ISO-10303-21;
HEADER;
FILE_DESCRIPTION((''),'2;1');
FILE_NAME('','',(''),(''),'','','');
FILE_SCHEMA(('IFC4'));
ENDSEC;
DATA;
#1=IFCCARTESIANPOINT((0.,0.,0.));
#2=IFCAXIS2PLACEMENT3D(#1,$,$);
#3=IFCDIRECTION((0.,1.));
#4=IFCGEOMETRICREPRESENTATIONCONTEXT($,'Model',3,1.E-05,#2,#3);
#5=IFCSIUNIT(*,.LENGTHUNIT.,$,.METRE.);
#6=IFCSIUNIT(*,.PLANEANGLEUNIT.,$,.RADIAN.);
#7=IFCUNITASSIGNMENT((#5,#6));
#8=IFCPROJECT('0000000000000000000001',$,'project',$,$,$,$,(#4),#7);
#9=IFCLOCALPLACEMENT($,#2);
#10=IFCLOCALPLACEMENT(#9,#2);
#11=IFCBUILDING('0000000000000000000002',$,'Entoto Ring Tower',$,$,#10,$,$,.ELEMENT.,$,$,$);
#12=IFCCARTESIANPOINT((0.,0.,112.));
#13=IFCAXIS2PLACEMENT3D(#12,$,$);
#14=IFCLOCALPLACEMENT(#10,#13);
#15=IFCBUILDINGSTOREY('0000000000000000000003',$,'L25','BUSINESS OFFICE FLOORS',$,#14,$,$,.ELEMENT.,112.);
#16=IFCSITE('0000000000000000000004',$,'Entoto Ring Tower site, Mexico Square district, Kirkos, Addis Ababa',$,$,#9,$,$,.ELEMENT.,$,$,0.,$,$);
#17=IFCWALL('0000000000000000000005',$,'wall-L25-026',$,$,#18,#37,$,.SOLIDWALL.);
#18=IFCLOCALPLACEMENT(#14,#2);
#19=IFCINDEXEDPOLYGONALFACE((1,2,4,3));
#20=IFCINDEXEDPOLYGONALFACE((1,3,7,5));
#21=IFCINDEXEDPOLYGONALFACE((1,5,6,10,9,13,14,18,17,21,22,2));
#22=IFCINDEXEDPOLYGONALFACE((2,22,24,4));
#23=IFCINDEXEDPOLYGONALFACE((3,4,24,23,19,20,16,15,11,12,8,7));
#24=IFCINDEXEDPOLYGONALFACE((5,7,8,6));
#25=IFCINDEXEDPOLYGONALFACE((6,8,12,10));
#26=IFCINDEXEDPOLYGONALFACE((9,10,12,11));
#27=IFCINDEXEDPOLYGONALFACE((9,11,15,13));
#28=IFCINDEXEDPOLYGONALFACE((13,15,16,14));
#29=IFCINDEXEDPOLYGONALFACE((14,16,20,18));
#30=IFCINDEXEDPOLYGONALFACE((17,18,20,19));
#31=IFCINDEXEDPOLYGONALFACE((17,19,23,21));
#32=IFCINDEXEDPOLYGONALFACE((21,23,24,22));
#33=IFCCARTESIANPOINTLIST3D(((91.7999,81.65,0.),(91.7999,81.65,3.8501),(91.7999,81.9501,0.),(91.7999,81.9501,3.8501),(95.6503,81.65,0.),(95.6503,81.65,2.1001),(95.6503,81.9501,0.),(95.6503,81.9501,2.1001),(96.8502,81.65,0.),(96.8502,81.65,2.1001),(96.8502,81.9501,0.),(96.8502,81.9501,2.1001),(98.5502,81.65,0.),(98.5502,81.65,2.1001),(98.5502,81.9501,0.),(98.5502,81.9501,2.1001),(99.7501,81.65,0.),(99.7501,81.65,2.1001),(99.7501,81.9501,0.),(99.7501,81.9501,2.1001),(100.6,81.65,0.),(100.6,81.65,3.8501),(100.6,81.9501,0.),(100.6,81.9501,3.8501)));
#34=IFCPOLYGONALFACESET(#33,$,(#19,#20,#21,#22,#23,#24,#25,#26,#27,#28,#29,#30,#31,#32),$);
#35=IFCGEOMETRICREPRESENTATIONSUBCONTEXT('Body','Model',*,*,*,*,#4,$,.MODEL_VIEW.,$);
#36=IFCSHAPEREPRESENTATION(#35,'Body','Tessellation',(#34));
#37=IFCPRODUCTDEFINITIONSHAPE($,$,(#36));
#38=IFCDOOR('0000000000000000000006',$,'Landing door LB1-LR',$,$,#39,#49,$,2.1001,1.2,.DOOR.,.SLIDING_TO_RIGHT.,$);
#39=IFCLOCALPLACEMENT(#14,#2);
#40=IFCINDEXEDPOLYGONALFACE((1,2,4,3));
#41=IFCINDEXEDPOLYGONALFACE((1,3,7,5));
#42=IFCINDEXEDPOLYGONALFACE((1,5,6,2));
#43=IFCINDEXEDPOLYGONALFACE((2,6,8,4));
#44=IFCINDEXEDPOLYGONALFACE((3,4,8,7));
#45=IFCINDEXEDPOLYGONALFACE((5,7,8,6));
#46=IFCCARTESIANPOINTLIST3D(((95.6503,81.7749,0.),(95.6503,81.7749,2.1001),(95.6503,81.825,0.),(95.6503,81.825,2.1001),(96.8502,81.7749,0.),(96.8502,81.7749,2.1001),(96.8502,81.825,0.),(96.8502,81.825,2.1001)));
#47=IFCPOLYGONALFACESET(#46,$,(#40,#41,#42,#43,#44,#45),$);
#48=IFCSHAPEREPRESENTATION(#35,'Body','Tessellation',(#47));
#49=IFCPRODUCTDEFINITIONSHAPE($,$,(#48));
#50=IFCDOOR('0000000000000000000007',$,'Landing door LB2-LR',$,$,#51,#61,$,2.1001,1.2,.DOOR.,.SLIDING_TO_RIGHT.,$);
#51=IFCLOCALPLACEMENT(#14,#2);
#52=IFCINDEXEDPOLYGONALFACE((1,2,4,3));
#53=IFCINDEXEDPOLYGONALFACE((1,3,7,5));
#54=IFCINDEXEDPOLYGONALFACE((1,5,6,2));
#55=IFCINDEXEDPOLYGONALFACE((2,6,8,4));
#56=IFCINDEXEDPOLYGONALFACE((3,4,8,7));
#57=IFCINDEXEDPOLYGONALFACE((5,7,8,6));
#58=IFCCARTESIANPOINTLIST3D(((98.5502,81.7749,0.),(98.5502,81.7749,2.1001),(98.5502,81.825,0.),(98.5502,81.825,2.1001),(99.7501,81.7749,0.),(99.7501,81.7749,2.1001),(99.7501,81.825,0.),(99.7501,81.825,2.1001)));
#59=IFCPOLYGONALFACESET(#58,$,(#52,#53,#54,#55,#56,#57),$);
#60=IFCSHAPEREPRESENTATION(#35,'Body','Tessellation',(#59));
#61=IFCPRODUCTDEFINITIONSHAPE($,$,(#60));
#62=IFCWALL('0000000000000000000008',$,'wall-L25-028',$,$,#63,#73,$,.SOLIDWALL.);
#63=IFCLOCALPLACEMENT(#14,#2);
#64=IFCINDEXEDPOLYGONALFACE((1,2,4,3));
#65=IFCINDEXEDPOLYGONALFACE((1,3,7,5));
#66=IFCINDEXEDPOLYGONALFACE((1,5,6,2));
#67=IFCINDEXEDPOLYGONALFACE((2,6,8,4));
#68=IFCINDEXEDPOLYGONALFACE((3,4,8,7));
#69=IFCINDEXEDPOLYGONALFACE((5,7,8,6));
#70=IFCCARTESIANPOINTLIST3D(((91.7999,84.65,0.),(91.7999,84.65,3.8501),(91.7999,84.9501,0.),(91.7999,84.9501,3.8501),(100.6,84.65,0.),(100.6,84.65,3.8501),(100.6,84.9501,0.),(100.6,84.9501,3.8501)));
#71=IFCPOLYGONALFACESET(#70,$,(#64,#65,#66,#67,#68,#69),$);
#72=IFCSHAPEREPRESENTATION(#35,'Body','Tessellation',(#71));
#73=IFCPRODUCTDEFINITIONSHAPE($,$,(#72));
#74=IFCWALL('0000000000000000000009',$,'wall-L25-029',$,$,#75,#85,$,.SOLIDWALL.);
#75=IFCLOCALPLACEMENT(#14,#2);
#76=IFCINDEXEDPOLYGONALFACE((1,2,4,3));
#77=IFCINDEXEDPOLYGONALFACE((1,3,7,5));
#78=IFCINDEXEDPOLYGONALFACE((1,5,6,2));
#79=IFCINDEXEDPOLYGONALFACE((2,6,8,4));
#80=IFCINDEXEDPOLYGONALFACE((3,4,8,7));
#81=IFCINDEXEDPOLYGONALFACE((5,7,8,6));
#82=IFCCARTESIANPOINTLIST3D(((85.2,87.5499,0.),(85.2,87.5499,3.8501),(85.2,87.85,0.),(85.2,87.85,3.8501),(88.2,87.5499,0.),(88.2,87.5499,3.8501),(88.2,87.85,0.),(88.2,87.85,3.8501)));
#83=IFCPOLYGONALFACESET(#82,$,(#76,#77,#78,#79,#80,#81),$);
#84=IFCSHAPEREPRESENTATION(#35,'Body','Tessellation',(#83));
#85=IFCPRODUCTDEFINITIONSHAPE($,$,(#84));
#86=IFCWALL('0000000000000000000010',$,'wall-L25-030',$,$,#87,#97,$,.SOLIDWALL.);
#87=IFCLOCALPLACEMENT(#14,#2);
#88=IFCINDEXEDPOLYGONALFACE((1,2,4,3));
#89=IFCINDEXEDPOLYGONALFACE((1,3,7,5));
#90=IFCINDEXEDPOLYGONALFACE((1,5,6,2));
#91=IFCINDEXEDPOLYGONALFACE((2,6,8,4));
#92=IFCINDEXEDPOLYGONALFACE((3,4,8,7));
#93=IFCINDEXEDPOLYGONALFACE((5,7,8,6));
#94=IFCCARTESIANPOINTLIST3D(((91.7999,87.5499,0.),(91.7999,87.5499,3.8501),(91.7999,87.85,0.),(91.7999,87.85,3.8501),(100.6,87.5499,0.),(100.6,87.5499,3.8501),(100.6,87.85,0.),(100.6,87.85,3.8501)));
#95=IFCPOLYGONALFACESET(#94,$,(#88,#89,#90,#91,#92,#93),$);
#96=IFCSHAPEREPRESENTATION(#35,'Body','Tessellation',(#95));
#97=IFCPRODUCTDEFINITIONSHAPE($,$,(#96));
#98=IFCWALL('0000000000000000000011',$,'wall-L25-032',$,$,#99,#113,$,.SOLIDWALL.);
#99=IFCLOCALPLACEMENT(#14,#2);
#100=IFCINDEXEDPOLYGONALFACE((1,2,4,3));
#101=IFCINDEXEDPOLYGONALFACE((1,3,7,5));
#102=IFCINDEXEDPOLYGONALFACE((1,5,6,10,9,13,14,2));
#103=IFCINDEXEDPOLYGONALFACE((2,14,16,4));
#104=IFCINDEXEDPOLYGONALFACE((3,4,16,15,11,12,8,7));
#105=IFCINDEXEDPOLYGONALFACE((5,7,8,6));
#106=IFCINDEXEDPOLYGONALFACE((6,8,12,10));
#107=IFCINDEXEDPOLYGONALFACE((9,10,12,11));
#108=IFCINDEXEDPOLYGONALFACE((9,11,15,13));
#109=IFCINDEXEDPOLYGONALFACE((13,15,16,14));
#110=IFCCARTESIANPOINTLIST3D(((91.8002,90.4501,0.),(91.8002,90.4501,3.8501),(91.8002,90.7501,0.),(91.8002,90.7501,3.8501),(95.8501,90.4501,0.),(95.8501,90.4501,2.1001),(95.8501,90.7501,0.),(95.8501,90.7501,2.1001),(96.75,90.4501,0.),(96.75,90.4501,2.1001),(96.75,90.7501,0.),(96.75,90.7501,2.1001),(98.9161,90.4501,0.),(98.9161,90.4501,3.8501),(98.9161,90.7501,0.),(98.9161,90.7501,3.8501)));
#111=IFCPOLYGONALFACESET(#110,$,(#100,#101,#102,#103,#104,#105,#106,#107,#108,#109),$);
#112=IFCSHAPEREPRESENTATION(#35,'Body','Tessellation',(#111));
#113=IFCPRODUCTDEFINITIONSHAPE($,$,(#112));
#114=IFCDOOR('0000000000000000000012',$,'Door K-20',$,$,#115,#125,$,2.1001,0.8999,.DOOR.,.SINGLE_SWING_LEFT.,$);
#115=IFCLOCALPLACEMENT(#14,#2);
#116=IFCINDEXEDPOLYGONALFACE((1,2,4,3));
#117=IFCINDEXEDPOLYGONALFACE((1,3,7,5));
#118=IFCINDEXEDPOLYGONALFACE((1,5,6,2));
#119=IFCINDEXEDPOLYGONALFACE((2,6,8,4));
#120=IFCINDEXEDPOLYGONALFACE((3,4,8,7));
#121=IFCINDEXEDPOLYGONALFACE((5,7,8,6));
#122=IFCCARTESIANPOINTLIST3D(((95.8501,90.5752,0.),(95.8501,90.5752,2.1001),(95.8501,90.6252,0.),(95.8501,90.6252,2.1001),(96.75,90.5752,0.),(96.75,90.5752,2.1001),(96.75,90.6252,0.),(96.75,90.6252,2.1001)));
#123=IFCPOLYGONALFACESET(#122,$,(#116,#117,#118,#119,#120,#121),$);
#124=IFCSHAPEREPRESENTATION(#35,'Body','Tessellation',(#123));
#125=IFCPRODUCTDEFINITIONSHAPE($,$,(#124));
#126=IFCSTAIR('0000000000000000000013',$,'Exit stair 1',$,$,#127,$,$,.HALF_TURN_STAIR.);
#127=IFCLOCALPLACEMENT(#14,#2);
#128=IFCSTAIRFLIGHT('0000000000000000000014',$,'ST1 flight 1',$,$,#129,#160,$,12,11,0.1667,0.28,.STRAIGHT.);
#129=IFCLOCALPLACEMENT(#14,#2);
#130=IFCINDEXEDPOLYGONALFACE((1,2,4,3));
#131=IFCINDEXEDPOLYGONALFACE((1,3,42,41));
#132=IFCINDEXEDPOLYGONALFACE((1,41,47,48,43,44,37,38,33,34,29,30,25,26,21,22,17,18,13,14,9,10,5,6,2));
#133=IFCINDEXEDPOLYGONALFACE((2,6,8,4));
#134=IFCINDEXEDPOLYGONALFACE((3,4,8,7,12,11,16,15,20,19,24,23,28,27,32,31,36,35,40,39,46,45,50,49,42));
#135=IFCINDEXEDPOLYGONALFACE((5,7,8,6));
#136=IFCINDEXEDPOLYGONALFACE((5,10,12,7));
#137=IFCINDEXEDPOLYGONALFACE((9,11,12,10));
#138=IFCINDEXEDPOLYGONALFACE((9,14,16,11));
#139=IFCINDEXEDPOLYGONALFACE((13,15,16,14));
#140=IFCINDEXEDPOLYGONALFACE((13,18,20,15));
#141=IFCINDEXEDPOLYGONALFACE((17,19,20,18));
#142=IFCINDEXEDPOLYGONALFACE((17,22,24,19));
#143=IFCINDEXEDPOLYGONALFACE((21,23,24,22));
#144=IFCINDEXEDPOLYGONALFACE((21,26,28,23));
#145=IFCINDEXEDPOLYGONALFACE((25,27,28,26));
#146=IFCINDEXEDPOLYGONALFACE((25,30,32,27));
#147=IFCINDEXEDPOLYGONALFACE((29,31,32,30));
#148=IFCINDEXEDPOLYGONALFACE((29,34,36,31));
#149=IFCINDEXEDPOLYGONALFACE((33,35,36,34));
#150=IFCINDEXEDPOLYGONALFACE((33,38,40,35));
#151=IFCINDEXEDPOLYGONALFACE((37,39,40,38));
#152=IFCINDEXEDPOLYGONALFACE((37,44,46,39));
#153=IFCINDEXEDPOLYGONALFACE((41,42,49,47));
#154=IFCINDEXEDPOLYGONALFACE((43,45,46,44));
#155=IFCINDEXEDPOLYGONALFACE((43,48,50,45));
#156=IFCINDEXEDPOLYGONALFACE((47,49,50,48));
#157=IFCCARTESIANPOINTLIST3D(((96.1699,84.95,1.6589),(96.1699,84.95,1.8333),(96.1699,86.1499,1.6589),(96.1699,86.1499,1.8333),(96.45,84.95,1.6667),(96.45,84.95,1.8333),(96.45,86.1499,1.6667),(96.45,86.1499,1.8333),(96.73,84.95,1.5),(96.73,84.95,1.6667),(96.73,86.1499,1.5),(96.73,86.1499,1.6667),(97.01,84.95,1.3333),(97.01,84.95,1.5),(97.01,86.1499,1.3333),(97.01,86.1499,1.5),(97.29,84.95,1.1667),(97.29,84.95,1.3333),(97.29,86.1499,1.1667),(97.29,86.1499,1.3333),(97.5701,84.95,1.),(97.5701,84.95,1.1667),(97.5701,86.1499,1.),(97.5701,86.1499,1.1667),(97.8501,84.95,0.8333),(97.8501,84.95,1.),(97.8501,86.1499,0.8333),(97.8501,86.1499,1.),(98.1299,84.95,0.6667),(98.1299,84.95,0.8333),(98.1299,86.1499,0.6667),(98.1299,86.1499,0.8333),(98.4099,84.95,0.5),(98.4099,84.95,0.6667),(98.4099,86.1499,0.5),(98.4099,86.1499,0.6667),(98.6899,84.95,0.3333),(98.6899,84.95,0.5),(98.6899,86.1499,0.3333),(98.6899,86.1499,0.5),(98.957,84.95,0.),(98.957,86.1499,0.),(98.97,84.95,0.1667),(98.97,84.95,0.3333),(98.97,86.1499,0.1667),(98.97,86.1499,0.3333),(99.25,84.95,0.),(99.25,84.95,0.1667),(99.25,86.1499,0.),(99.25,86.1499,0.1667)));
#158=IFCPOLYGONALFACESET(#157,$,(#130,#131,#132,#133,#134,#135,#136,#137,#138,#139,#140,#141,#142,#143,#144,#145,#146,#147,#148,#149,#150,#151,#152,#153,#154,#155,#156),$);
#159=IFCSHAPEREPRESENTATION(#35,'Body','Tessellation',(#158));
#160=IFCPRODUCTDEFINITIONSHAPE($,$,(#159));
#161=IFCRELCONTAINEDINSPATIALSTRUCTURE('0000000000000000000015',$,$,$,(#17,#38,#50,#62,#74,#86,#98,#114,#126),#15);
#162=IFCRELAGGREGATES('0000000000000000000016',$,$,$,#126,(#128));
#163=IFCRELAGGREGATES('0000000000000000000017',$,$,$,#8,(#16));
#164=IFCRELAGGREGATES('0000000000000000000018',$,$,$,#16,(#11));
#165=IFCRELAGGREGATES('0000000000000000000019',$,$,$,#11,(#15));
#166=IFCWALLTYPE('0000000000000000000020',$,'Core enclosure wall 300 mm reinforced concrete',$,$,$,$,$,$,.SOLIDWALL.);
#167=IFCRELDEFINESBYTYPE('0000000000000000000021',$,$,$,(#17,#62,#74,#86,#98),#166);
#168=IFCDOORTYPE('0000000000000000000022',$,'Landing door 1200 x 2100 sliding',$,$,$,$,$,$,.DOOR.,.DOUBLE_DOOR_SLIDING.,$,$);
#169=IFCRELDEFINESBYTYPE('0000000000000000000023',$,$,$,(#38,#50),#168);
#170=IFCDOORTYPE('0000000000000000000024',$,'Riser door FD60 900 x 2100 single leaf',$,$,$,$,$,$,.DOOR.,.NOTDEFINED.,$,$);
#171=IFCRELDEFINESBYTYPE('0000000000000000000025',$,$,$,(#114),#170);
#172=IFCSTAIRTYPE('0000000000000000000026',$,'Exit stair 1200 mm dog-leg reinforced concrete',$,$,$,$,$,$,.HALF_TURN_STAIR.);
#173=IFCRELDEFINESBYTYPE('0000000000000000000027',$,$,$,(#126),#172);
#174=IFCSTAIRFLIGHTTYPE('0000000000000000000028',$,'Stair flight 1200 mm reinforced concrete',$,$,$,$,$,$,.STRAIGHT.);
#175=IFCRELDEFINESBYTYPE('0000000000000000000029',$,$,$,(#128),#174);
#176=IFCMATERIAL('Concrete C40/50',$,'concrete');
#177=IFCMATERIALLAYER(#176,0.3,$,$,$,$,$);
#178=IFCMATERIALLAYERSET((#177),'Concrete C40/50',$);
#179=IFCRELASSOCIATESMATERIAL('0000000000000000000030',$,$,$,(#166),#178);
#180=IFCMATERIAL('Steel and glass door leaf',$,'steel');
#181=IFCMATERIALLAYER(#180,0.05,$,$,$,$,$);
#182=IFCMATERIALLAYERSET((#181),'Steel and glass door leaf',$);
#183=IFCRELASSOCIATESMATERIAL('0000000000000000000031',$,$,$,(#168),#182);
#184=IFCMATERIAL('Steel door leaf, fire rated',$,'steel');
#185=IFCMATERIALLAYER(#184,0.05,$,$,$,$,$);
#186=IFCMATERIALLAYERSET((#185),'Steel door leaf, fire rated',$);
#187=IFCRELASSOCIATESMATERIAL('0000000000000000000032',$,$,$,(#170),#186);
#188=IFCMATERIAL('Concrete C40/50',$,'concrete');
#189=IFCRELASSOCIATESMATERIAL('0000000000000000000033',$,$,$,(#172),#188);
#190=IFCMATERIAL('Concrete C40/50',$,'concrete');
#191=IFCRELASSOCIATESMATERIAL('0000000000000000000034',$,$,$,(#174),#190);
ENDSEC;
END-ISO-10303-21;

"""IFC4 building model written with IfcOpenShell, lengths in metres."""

from ifc_helpers import new_model, si_unit, direction, frame, frame_2d, origin, place, context, subcontext, project, spatial, polyline, rectangle, outline, extrude, material, layer, layer_set, type_object, element, fill, aggregate, save


model = new_model("IFC4")

# Units and contexts
model_context = context("Model", 3, precision=1e-05, world=origin(), true_north=direction((0.0, 1.0)))
body_context = subcontext(model_context, "Body", "Model", "MODEL_VIEW")
ifc_project = project(units=[si_unit("LENGTHUNIT", "METRE"), si_unit("PLANEANGLEUNIT", "RADIAN")], contexts=[model_context])

# Site, building, storey
site_placement = place(None, origin())
site = spatial("IfcSite", under=ifc_project, at=site_placement, Name="Entoto Ring Tower site, Mexico Square district, Kirkos, Addis Ababa", CompositionType="ELEMENT", RefElevation=0.0)
building_placement = place(site_placement, origin())
building = spatial("IfcBuilding", under=site, at=building_placement, Name="Entoto Ring Tower", CompositionType="ELEMENT")
storey_placement = place(building_placement, frame((0.0, 0.0, 112.0)))
storey = spatial("IfcBuildingStorey", under=building, at=storey_placement, Name="L25", Description="BUSINESS OFFICE FLOORS", CompositionType="ELEMENT", Elevation=112.0)

# Shared definitions
ifc_material_1 = material(Name="Concrete C40/50", Category="concrete")
ifc_layer_1 = layer(ifc_material_1, 0.3)
ifc_layer_set_1 = layer_set([ifc_layer_1], Name="Concrete C40/50")
wall_type = type_object("IfcWallType", Name="Core enclosure wall 300 mm reinforced concrete", PredefinedType="SOLIDWALL", material=ifc_layer_set_1)

# Wall, openings, doors
ifc_material_2 = material(Name="Steel and glass door leaf", Category="steel")
ifc_layer_2 = layer(ifc_material_2, 0.05)
ifc_layer_set_2 = layer_set([ifc_layer_2], Name="Steel and glass door leaf")
door_type_1 = type_object("IfcDoorType", Name="Landing door 1200 x 2100 sliding", OperationType="DOUBLE_DOOR_SLIDING", PredefinedType="DOOR", material=ifc_layer_set_2)
wall_1_placement = place(storey_placement, frame((91.8, 81.8, 0.0), z_axis=(0.0, 0.0, 1.0), x_axis=(1.0, 0.0, 0.0)))
wall_1 = element("IfcWall", 1, at=wall_1_placement, inside=storey, type_object=wall_type, Name="wall-L25-026", PredefinedType="SOLIDWALL", context=body_context, shape_type="SweptSolid", body=[
    extrude(rectangle(XDim=8.8, YDim=0.3, at=frame_2d((4.3999, 0.0))), origin(), (0.0, 0.0, 1.0), 3.8501),
])
opening_1_placement = place(wall_1_placement, frame((3.8501, 0.0, 0.0)))
opening_1 = element("IfcOpeningElement", 2, at=opening_1_placement, cuts=wall_1, PredefinedType="OPENING", context=body_context, shape_type="SweptSolid", body=[
    extrude(rectangle(XDim=1.2, YDim=2.1001, at=frame_2d((0.6001, 1.05))), frame((0.0, 0.1602, 0.0), z_axis=(0.0, -1.0, 0.0), x_axis=(1.0, 0.0, 0.0)), (0.0, 0.0, 1.0), 0.3201),
])
opening_2_placement = place(wall_1_placement, frame((6.75, 0.0, 0.0)))
opening_2 = element("IfcOpeningElement", 3, at=opening_2_placement, cuts=wall_1, PredefinedType="OPENING", context=body_context, shape_type="SweptSolid", body=[
    extrude(rectangle(XDim=1.2, YDim=2.1001, at=frame_2d((0.6001, 1.05))), frame((0.0, 0.1602, 0.0), z_axis=(0.0, -1.0, 0.0), x_axis=(1.0, 0.0, 0.0)), (0.0, 0.0, 1.0), 0.3201),
])
door_1_placement = place(opening_1_placement, origin())
door_1 = element("IfcDoor", 4, at=door_1_placement, inside=storey, type_object=door_type_1, Name="Landing door LB1-LR", OperationType="SLIDING_TO_RIGHT", OverallHeight=2.1001, OverallWidth=1.2, PredefinedType="DOOR", context=body_context, shape_type="SweptSolid", body=[
    extrude(rectangle(XDim=1.2, YDim=2.1001, at=frame_2d((0.6001, 1.05))), frame((0.0, 0.0249, 0.0), z_axis=(0.0, -1.0, 0.0), x_axis=(1.0, 0.0, 0.0)), (0.0, 0.0, 1.0), 0.05),
])
fill(opening_1, door_1)
door_2_placement = place(opening_2_placement, origin())
door_2 = element("IfcDoor", 5, at=door_2_placement, inside=storey, type_object=door_type_1, Name="Landing door LB2-LR", OperationType="SLIDING_TO_RIGHT", OverallHeight=2.1001, OverallWidth=1.2, PredefinedType="DOOR", context=body_context, shape_type="SweptSolid", body=[
    extrude(rectangle(XDim=1.2, YDim=2.1001, at=frame_2d((0.6001, 1.05))), frame((0.0, 0.0249, 0.0), z_axis=(0.0, -1.0, 0.0), x_axis=(1.0, 0.0, 0.0)), (0.0, 0.0, 1.0), 0.05),
])
fill(opening_2, door_2)

# Walls
wall_2_placement = place(storey_placement, frame((91.8, 84.8, 0.0), z_axis=(0.0, 0.0, 1.0), x_axis=(1.0, 0.0, 0.0)))
element("IfcWall", 6, at=wall_2_placement, inside=storey, type_object=wall_type, Name="wall-L25-028", PredefinedType="SOLIDWALL", context=body_context, shape_type="SweptSolid", body=[
    extrude(rectangle(XDim=8.8, YDim=0.3, at=frame_2d((4.3999, 0.0))), origin(), (0.0, 0.0, 1.0), 3.8501),
])
wall_3_placement = place(storey_placement, frame((85.2, 87.7, 0.0), z_axis=(0.0, 0.0, 1.0), x_axis=(1.0, 0.0, 0.0)))
element("IfcWall", 7, at=wall_3_placement, inside=storey, type_object=wall_type, Name="wall-L25-029", PredefinedType="SOLIDWALL", context=body_context, shape_type="SweptSolid", body=[
    extrude(rectangle(XDim=3.0, YDim=0.3, at=frame_2d((1.5, 0.0))), origin(), (0.0, 0.0, 1.0), 3.8501),
])
wall_4_placement = place(storey_placement, frame((91.8, 87.7, 0.0), z_axis=(0.0, 0.0, 1.0), x_axis=(1.0, 0.0, 0.0)))
element("IfcWall", 8, at=wall_4_placement, inside=storey, type_object=wall_type, Name="wall-L25-030", PredefinedType="SOLIDWALL", context=body_context, shape_type="SweptSolid", body=[
    extrude(rectangle(XDim=8.8, YDim=0.3, at=frame_2d((4.3999, 0.0))), origin(), (0.0, 0.0, 1.0), 3.8501),
])

# Wall, opening, door
wall_5_placement = place(storey_placement, frame((91.8, 90.6001, 0.0), z_axis=(0.0, 0.0, 1.0), x_axis=(1.0, 0.0, 0.0)))
wall_5 = element("IfcWall", 9, at=wall_5_placement, inside=storey, type_object=wall_type, Name="wall-L25-032", PredefinedType="SOLIDWALL", context=body_context, shape_type="SweptSolid", body=[
    extrude(rectangle(XDim=7.116, YDim=0.3, at=frame_2d((3.5581, 0.0))), origin(), (0.0, 0.0, 1.0), 3.8501),
])
opening_3_placement = place(wall_5_placement, frame((4.05, 0.0, 0.0)))
opening_3 = element("IfcOpeningElement", 10, at=opening_3_placement, cuts=wall_5, PredefinedType="OPENING", context=body_context, shape_type="SweptSolid", body=[
    extrude(rectangle(XDim=0.8999, YDim=2.1001, at=frame_2d((0.45, 1.05))), frame((0.0, 0.1602, 0.0), z_axis=(0.0, -1.0, 0.0), x_axis=(1.0, 0.0, 0.0)), (0.0, 0.0, 1.0), 0.3201),
])
ifc_material_3 = material(Name="Steel door leaf, fire rated", Category="steel")
ifc_layer_3 = layer(ifc_material_3, 0.05)
ifc_layer_set_3 = layer_set([ifc_layer_3], Name="Steel door leaf, fire rated")
door_type_2 = type_object("IfcDoorType", Name="Riser door FD60 900 x 2100 single leaf", OperationType="NOTDEFINED", PredefinedType="DOOR", material=ifc_layer_set_3)
door_3_placement = place(opening_3_placement, frame((0.8999, 0.0, 0.0), z_axis=(0.0, 0.0, 1.0), x_axis=(-1.0, 0.0, 0.0)))
door_3 = element("IfcDoor", 11, at=door_3_placement, inside=storey, type_object=door_type_2, Name="Door K-20", OperationType="SINGLE_SWING_LEFT", OverallHeight=2.1001, OverallWidth=0.8999, PredefinedType="DOOR", context=body_context, shape_type="SweptSolid", body=[
    extrude(rectangle(XDim=0.8999, YDim=2.1001, at=frame_2d((0.45, 1.05))), frame((0.0, 0.0249, 0.0), z_axis=(0.0, -1.0, 0.0), x_axis=(1.0, 0.0, 0.0)), (0.0, 0.0, 1.0), 0.05),
])
fill(opening_3, door_3)

# Stair, stair flight
ifc_material_4 = material(Name="Concrete C40/50", Category="concrete")
stair_type = type_object("IfcStairType", Name="Exit stair 1200 mm dog-leg reinforced concrete", PredefinedType="HALF_TURN_STAIR", material=ifc_material_4)
stair_placement = place(storey_placement, origin())
stair = element("IfcStair", 12, at=stair_placement, inside=storey, type_object=stair_type, Name="Exit stair 1", PredefinedType="HALF_TURN_STAIR")
ifc_material_5 = material(Name="Concrete C40/50", Category="concrete")
stair_flight_type = type_object("IfcStairFlightType", Name="Stair flight 1200 mm reinforced concrete", PredefinedType="STRAIGHT", material=ifc_material_5)
stair_flight_1_placement = place(storey_placement, frame((99.25, 85.55, 0.0), z_axis=(0.0, 0.0, 1.0), x_axis=(-1.0, 0.0, 0.0)))
stair_flight_1 = element("IfcStairFlight", 13, at=stair_flight_1_placement, type_object=stair_flight_type, Name="ST1 flight 1", NumberOfRisers=12, NumberOfTreads=11, PredefinedType="STRAIGHT", RiserHeight=0.1667, TreadLength=0.28, context=body_context, shape_type="SweptSolid", body=[
    extrude(outline(polyline([(0.0, 0.0), (0.0, 0.1667), (0.28, 0.1667), (0.28, 0.3333), (0.5601, 0.3333), (0.5601, 0.5), (0.8401, 0.5), (0.8401, 0.6667), (1.1201, 0.6667), (1.1201, 0.8333), (1.3999, 0.8333), (1.3999, 1.0), (1.6799, 1.0), (1.6799, 1.1667), (1.96, 1.1667), (1.96, 1.3333), (2.24, 1.3333), (2.24, 1.5), (2.52, 1.5), (2.52, 1.6667), (2.8, 1.6667), (2.8, 1.8333), (3.0801, 1.8333), (3.0801, 2.0), (3.0801, 1.6589), (0.293, 0.0), (0.0, 0.0)])), frame((0.0, 0.6001, 0.0), z_axis=(0.0, -1.0, 0.0), x_axis=(1.0, 0.0, 0.0)), (0.0, 0.0, 1.0), 1.2),
])
aggregate(stair, [stair_flight_1])

save(model, "model.ifc")
